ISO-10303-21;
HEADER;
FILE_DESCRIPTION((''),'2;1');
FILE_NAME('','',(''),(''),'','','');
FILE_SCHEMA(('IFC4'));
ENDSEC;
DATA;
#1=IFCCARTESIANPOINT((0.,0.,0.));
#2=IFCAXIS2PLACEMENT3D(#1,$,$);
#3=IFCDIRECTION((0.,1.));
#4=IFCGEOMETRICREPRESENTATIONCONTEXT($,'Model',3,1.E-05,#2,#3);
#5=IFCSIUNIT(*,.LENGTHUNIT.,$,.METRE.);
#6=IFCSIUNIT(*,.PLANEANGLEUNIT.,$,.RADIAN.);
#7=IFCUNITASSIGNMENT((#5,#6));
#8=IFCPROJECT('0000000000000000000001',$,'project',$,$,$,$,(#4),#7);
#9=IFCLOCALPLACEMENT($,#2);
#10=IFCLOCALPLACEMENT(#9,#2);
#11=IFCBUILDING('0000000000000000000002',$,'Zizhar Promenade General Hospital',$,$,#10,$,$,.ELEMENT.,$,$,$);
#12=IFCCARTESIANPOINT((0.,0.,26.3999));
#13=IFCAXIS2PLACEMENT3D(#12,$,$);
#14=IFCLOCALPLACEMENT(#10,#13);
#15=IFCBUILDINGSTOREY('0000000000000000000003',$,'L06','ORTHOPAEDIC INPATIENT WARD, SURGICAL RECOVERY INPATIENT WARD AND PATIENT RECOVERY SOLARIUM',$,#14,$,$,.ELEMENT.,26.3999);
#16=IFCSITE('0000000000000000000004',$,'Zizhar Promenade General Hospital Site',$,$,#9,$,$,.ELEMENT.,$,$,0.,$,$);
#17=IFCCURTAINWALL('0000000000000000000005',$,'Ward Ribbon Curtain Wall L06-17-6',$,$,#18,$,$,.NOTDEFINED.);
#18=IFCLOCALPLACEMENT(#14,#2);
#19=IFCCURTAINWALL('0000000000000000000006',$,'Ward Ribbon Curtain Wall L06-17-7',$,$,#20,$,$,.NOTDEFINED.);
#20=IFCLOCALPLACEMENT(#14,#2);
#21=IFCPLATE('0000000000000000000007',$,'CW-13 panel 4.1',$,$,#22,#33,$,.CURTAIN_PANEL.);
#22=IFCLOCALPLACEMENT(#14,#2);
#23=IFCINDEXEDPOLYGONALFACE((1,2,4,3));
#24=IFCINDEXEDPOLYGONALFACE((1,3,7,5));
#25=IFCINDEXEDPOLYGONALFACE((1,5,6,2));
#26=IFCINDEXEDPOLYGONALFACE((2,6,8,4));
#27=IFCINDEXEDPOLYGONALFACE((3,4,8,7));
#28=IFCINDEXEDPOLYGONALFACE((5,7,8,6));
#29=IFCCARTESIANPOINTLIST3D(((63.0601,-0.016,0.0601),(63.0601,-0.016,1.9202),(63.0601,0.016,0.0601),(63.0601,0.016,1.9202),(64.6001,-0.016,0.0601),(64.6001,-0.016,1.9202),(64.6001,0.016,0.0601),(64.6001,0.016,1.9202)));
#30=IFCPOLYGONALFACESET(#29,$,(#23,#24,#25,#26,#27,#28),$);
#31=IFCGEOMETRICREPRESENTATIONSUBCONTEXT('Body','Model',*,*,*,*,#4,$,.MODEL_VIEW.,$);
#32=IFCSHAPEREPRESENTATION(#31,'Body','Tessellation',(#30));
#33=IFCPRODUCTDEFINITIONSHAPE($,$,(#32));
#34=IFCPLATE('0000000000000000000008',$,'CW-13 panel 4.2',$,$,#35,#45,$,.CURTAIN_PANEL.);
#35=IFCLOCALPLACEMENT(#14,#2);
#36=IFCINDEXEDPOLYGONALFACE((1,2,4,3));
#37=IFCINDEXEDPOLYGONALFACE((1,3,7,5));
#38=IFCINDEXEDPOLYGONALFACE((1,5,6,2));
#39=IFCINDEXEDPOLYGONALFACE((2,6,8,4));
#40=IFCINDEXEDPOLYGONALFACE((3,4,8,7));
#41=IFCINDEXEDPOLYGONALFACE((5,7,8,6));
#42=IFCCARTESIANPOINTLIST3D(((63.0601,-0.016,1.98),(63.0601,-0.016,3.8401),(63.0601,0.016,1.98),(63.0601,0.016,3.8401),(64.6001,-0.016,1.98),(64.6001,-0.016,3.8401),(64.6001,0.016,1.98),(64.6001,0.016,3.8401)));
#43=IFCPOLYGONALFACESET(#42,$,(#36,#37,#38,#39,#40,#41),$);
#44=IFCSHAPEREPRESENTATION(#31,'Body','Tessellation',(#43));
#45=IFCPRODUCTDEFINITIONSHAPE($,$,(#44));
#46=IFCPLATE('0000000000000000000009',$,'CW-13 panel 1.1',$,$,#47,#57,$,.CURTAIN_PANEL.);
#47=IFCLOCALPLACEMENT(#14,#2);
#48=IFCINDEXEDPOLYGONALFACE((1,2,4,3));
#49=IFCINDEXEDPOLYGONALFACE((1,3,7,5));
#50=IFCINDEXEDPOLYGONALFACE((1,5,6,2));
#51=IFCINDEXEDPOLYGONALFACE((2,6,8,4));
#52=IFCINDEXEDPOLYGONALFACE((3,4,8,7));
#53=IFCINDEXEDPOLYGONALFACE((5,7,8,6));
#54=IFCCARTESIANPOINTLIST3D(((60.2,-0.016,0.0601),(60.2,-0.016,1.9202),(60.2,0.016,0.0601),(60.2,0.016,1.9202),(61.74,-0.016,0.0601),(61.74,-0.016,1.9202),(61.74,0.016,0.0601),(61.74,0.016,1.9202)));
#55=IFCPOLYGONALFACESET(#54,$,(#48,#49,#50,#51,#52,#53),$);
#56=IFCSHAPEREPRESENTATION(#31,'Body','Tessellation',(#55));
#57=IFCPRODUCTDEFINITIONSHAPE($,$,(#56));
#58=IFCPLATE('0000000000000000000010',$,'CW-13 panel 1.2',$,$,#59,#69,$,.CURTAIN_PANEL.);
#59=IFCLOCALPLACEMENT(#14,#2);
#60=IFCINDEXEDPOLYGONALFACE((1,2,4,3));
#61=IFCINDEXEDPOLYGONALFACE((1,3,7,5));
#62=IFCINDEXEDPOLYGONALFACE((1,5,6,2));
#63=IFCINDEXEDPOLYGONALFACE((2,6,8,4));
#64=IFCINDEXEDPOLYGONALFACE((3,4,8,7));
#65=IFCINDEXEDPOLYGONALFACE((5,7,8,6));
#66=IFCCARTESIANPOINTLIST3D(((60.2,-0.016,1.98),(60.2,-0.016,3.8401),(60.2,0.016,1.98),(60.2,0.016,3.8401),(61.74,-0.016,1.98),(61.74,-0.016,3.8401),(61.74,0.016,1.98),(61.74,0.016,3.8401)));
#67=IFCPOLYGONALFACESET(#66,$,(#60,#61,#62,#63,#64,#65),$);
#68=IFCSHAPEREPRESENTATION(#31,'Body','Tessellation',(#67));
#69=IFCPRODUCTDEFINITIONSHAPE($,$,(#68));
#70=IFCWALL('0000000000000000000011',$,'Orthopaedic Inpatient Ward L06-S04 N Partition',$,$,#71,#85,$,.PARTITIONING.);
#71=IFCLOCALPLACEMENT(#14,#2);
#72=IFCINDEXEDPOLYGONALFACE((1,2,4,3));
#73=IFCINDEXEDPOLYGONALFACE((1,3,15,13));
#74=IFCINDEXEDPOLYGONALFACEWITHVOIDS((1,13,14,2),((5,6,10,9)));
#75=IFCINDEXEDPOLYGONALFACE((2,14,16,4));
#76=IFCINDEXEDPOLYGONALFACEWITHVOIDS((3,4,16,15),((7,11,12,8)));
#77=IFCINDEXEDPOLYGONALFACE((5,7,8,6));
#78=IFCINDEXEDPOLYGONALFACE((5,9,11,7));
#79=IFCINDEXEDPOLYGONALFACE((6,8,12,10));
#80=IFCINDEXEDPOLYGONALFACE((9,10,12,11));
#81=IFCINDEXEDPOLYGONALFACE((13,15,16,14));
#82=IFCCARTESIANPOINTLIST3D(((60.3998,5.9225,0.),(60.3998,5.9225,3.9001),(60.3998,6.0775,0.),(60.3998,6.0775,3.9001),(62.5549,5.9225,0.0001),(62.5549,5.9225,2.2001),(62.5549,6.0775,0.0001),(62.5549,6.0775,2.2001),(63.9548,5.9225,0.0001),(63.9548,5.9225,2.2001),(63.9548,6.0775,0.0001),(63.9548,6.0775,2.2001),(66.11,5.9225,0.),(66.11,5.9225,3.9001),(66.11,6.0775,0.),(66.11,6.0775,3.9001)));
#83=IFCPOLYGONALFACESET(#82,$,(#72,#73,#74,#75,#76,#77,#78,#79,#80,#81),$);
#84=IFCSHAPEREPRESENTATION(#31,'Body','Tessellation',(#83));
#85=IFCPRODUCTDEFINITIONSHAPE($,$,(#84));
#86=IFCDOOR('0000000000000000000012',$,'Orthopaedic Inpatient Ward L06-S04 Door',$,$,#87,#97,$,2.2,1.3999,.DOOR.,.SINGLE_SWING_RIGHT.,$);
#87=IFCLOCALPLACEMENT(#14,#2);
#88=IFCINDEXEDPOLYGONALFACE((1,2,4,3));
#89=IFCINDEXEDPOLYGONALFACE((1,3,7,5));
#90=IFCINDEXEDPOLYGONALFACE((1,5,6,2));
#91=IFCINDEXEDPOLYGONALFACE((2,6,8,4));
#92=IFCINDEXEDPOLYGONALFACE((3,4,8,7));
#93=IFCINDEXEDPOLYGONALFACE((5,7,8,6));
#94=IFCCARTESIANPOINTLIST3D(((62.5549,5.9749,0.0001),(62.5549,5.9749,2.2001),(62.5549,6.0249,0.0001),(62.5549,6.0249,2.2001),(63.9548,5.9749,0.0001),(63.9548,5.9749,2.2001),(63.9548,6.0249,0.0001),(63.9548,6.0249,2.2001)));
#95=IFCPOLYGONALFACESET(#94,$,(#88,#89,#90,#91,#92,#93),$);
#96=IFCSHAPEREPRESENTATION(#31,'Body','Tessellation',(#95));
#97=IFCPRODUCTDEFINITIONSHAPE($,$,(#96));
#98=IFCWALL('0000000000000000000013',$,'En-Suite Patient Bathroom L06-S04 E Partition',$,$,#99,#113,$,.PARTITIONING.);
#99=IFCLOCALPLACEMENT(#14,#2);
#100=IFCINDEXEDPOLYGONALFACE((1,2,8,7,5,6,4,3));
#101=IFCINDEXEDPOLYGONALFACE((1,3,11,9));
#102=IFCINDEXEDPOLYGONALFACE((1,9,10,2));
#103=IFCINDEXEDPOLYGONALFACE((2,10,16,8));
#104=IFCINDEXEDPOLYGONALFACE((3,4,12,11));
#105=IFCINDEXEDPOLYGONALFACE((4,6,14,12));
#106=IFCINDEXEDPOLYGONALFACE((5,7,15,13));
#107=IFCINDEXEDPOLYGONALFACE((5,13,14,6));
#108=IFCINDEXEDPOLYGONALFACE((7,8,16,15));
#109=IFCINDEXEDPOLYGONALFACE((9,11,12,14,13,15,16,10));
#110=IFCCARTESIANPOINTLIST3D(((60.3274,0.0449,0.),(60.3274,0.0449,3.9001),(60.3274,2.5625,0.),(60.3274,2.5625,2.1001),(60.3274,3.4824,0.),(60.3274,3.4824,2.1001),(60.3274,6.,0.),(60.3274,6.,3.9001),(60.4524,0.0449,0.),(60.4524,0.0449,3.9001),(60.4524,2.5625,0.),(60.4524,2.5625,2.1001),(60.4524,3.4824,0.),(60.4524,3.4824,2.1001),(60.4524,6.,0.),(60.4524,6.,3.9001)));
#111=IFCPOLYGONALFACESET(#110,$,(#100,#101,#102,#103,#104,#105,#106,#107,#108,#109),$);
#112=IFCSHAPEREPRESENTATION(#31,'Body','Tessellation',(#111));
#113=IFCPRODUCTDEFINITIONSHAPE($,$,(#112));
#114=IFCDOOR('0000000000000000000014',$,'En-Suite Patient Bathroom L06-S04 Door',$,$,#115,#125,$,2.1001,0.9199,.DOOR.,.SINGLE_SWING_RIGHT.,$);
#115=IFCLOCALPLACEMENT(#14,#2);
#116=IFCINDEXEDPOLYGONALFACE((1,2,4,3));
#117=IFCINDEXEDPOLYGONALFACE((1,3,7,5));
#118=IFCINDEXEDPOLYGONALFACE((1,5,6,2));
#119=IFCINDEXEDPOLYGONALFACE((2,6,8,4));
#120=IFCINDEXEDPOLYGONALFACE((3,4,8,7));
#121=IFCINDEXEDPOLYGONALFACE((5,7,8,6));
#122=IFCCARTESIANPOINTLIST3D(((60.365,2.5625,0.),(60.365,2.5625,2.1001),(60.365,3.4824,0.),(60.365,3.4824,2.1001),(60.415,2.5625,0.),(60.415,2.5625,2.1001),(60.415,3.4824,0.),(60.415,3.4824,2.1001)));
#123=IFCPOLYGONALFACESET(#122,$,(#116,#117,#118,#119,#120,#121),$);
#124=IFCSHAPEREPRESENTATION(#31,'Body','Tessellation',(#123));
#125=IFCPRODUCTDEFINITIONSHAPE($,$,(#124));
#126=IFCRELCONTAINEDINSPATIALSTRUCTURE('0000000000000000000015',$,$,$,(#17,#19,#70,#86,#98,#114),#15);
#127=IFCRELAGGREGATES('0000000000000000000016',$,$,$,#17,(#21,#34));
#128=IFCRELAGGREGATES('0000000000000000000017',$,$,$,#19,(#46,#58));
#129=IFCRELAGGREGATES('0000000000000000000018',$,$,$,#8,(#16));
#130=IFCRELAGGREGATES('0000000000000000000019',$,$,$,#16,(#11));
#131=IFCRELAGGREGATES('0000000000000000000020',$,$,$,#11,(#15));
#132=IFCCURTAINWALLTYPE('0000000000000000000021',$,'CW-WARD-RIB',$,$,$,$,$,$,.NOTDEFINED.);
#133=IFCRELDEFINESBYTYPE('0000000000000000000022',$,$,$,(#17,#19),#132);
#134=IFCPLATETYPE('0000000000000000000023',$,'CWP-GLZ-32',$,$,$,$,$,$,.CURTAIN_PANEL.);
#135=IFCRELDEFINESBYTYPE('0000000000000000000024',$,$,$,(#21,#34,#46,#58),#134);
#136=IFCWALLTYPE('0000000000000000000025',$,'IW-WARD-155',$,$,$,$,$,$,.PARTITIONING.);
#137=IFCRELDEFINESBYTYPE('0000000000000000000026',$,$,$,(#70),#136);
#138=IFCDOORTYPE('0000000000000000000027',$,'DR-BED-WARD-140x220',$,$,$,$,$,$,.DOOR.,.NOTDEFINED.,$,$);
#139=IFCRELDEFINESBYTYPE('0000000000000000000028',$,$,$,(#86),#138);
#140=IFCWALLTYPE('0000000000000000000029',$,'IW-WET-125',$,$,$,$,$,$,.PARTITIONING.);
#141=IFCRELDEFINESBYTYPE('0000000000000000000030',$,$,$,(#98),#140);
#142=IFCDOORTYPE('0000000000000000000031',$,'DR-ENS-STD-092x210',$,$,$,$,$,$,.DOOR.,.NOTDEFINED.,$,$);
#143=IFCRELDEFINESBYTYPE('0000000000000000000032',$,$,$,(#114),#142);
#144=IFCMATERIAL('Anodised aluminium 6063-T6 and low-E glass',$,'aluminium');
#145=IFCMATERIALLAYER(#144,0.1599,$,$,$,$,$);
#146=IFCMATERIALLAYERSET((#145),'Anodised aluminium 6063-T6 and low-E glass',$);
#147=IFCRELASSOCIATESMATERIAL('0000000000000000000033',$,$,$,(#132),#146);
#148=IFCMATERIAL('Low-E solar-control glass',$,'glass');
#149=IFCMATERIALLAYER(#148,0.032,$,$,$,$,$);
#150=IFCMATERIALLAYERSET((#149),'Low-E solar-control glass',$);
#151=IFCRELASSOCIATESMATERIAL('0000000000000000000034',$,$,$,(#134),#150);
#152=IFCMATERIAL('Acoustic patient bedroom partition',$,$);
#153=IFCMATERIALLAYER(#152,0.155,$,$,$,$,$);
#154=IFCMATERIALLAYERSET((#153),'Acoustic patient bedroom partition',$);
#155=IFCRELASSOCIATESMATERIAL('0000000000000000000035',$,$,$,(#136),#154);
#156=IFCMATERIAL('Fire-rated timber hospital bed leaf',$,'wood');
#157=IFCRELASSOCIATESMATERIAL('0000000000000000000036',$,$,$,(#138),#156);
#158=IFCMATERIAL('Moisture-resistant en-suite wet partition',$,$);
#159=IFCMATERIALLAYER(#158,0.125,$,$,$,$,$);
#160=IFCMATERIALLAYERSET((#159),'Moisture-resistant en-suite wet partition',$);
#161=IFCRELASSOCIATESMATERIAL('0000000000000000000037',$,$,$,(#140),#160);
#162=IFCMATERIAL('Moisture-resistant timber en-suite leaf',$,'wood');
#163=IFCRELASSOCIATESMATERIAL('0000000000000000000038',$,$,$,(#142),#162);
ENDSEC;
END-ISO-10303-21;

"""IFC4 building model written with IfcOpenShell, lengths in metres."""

from ifc_helpers import new_model, si_unit, direction, frame, frame_2d, origin, origin_2d, place, context, subcontext, project, spatial, rectangle, extrude, material, layer, layer_set, type_object, element, fill, aggregate, save


model = new_model("IFC4")

# Units and contexts
model_context = context("Model", 3, precision=1e-05, world=origin(), true_north=direction((0.0, 1.0)))
body_context = subcontext(model_context, "Body", "Model", "MODEL_VIEW")
ifc_project = project(units=[si_unit("LENGTHUNIT", "METRE"), si_unit("PLANEANGLEUNIT", "RADIAN")], contexts=[model_context])

# Site, building, storey
site_placement = place(None, origin())
site = spatial("IfcSite", under=ifc_project, at=site_placement, Name="Zizhar Promenade General Hospital Site", CompositionType="ELEMENT", RefElevation=0.0)
building_placement = place(site_placement, origin())
building = spatial("IfcBuilding", under=site, at=building_placement, Name="Zizhar Promenade General Hospital", CompositionType="ELEMENT")
storey_placement = place(building_placement, frame((0.0, 0.0, 26.3999)))
storey = spatial("IfcBuildingStorey", under=building, at=storey_placement, Name="L06", Description="ORTHOPAEDIC INPATIENT WARD, SURGICAL RECOVERY INPATIENT WARD AND PATIENT RECOVERY SOLARIUM", CompositionType="ELEMENT", Elevation=26.3999)

# Curtain walls
ifc_material_1 = material(Name="Anodised aluminium 6063-T6 and low-E glass", Category="aluminium")
ifc_layer_1 = layer(ifc_material_1, 0.1599)
ifc_layer_set_1 = layer_set([ifc_layer_1], Name="Anodised aluminium 6063-T6 and low-E glass")
curtain_wall_type = type_object("IfcCurtainWallType", Name="CW-WARD-RIB", PredefinedType="NOTDEFINED", material=ifc_layer_set_1)
curtain_wall_1_placement = place(storey_placement, origin())
curtain_wall_1 = element("IfcCurtainWall", 1, at=curtain_wall_1_placement, inside=storey, type_object=curtain_wall_type, Name="Ward Ribbon Curtain Wall L06-17-6", PredefinedType="NOTDEFINED")
curtain_wall_2_placement = place(storey_placement, origin())
curtain_wall_2 = element("IfcCurtainWall", 2, at=curtain_wall_2_placement, inside=storey, type_object=curtain_wall_type, Name="Ward Ribbon Curtain Wall L06-17-7", PredefinedType="NOTDEFINED")

# Plates
ifc_material_2 = material(Name="Low-E solar-control glass", Category="glass")
ifc_layer_2 = layer(ifc_material_2, 0.032)
ifc_layer_set_2 = layer_set([ifc_layer_2], Name="Low-E solar-control glass")
plate_type = type_object("IfcPlateType", Name="CWP-GLZ-32", PredefinedType="CURTAIN_PANEL", material=ifc_layer_set_2)
plate_1_placement = place(storey_placement, frame((63.8301, 0.0, 0.0601), z_axis=(0.0, 0.0, 1.0), x_axis=(-1.0, 0.0, 0.0)))
plate_1 = element("IfcPlate", 3, at=plate_1_placement, type_object=plate_type, Name="CW-13 panel 4.1", PredefinedType="CURTAIN_PANEL", context=body_context, shape_type="SweptSolid", body=[
    extrude(rectangle(XDim=1.54, YDim=0.032, at=origin_2d()), origin(), (0.0, 0.0, 1.0), 1.8601),
])
plate_2_placement = place(storey_placement, frame((63.8301, 0.0, 1.98), z_axis=(0.0, 0.0, 1.0), x_axis=(-1.0, 0.0, 0.0)))
plate_2 = element("IfcPlate", 4, at=plate_2_placement, type_object=plate_type, Name="CW-13 panel 4.2", PredefinedType="CURTAIN_PANEL", context=body_context, shape_type="SweptSolid", body=[
    extrude(rectangle(XDim=1.54, YDim=0.032, at=origin_2d()), origin(), (0.0, 0.0, 1.0), 1.8601),
])
aggregate(curtain_wall_1, [plate_1, plate_2])
plate_3_placement = place(storey_placement, frame((60.97, 0.0, 0.0601), z_axis=(0.0, 0.0, 1.0), x_axis=(-1.0, 0.0, 0.0)))
plate_3 = element("IfcPlate", 5, at=plate_3_placement, type_object=plate_type, Name="CW-13 panel 1.1", PredefinedType="CURTAIN_PANEL", context=body_context, shape_type="SweptSolid", body=[
    extrude(rectangle(XDim=1.54, YDim=0.032, at=origin_2d()), origin(), (0.0, 0.0, 1.0), 1.8601),
])
plate_4_placement = place(storey_placement, frame((60.97, 0.0, 1.98), z_axis=(0.0, 0.0, 1.0), x_axis=(-1.0, 0.0, 0.0)))
plate_4 = element("IfcPlate", 6, at=plate_4_placement, type_object=plate_type, Name="CW-13 panel 1.2", PredefinedType="CURTAIN_PANEL", context=body_context, shape_type="SweptSolid", body=[
    extrude(rectangle(XDim=1.54, YDim=0.032, at=origin_2d()), origin(), (0.0, 0.0, 1.0), 1.8601),
])
aggregate(curtain_wall_2, [plate_3, plate_4])

# Walls, openings, doors
ifc_material_3 = material(Name="Acoustic patient bedroom partition")
ifc_layer_3 = layer(ifc_material_3, 0.155)
ifc_layer_set_3 = layer_set([ifc_layer_3], Name="Acoustic patient bedroom partition")
wall_type_1 = type_object("IfcWallType", Name="IW-WARD-155", PredefinedType="PARTITIONING", material=ifc_layer_set_3)
wall_1_placement = place(storey_placement, frame((60.3999, 6.0, 0.0), z_axis=(0.0, 0.0, 1.0), x_axis=(1.0, 0.0, 0.0)))
wall_1 = element("IfcWall", 7, at=wall_1_placement, inside=storey, type_object=wall_type_1, Name="Orthopaedic Inpatient Ward L06-S04 N Partition", PredefinedType="PARTITIONING", context=body_context, shape_type="SweptSolid", body=[
    extrude(rectangle(XDim=5.7102, YDim=0.155, at=frame_2d((2.855, 0.0))), origin(), (0.0, 0.0, 1.0), 3.9001),
])
opening_1_placement = place(wall_1_placement, frame((2.155, 0.0, 0.0)))
opening_1 = element("IfcOpeningElement", 8, at=opening_1_placement, cuts=wall_1, PredefinedType="OPENING", context=body_context, shape_type="SweptSolid", body=[
    extrude(rectangle(XDim=1.3999, YDim=2.2, at=frame_2d((0.7, 1.1001))), frame((0.0, 0.0874, 0.0), z_axis=(0.0, -1.0, 0.0), x_axis=(1.0, 0.0, 0.0)), (0.0, 0.0, 1.0), 0.175),
])
ifc_material_4 = material(Name="Fire-rated timber hospital bed leaf", Category="wood")
door_type_1 = type_object("IfcDoorType", Name="DR-BED-WARD-140x220", OperationType="NOTDEFINED", PredefinedType="DOOR", material=ifc_material_4)
door_1_placement = place(opening_1_placement, origin())
door_1 = element("IfcDoor", 9, at=door_1_placement, inside=storey, type_object=door_type_1, Name="Orthopaedic Inpatient Ward L06-S04 Door", OperationType="SINGLE_SWING_RIGHT", OverallHeight=2.2, OverallWidth=1.3999, PredefinedType="DOOR", context=body_context, shape_type="SweptSolid", body=[
    extrude(rectangle(XDim=1.3999, YDim=2.2, at=frame_2d((0.7, 1.1001))), frame((0.0, 0.0249, 0.0), z_axis=(0.0, -1.0, 0.0), x_axis=(1.0, 0.0, 0.0)), (0.0, 0.0, 1.0), 0.05),
])
fill(opening_1, door_1)
ifc_material_5 = material(Name="Moisture-resistant en-suite wet partition")
ifc_layer_4 = layer(ifc_material_5, 0.125)
ifc_layer_set_4 = layer_set([ifc_layer_4], Name="Moisture-resistant en-suite wet partition")
wall_type_2 = type_object("IfcWallType", Name="IW-WET-125", PredefinedType="PARTITIONING", material=ifc_layer_set_4)
wall_2_placement = place(storey_placement, frame((60.3899, 0.0449, 0.0), z_axis=(0.0, 0.0, 1.0), x_axis=(0.0, 1.0, 0.0)))
wall_2 = element("IfcWall", 10, at=wall_2_placement, inside=storey, type_object=wall_type_2, Name="En-Suite Patient Bathroom L06-S04 E Partition", PredefinedType="PARTITIONING", context=body_context, shape_type="SweptSolid", body=[
    extrude(rectangle(XDim=5.9551, YDim=0.125, at=frame_2d((2.9775, 0.0))), origin(), (0.0, 0.0, 1.0), 3.9001),
])
opening_2_placement = place(wall_2_placement, frame((2.5176, 0.0, 0.0)))
opening_2 = element("IfcOpeningElement", 11, at=opening_2_placement, cuts=wall_2, PredefinedType="OPENING", context=body_context, shape_type="SweptSolid", body=[
    extrude(rectangle(XDim=0.9199, YDim=2.1001, at=frame_2d((0.46, 1.05))), frame((0.0, 0.0725, 0.0), z_axis=(0.0, -1.0, 0.0), x_axis=(1.0, 0.0, 0.0)), (0.0, 0.0, 1.0), 0.145),
])
ifc_material_6 = material(Name="Moisture-resistant timber en-suite leaf", Category="wood")
door_type_2 = type_object("IfcDoorType", Name="DR-ENS-STD-092x210", OperationType="NOTDEFINED", PredefinedType="DOOR", material=ifc_material_6)
door_2_placement = place(opening_2_placement, origin())
door_2 = element("IfcDoor", 12, at=door_2_placement, inside=storey, type_object=door_type_2, Name="En-Suite Patient Bathroom L06-S04 Door", OperationType="SINGLE_SWING_RIGHT", OverallHeight=2.1001, OverallWidth=0.9199, PredefinedType="DOOR", context=body_context, shape_type="SweptSolid", body=[
    extrude(rectangle(XDim=0.9199, YDim=2.1001, at=frame_2d((0.46, 1.05))), frame((0.0, 0.0249, 0.0), z_axis=(0.0, -1.0, 0.0), x_axis=(1.0, 0.0, 0.0)), (0.0, 0.0, 1.0), 0.05),
])
fill(opening_2, door_2)

save(model, "model.ifc")
